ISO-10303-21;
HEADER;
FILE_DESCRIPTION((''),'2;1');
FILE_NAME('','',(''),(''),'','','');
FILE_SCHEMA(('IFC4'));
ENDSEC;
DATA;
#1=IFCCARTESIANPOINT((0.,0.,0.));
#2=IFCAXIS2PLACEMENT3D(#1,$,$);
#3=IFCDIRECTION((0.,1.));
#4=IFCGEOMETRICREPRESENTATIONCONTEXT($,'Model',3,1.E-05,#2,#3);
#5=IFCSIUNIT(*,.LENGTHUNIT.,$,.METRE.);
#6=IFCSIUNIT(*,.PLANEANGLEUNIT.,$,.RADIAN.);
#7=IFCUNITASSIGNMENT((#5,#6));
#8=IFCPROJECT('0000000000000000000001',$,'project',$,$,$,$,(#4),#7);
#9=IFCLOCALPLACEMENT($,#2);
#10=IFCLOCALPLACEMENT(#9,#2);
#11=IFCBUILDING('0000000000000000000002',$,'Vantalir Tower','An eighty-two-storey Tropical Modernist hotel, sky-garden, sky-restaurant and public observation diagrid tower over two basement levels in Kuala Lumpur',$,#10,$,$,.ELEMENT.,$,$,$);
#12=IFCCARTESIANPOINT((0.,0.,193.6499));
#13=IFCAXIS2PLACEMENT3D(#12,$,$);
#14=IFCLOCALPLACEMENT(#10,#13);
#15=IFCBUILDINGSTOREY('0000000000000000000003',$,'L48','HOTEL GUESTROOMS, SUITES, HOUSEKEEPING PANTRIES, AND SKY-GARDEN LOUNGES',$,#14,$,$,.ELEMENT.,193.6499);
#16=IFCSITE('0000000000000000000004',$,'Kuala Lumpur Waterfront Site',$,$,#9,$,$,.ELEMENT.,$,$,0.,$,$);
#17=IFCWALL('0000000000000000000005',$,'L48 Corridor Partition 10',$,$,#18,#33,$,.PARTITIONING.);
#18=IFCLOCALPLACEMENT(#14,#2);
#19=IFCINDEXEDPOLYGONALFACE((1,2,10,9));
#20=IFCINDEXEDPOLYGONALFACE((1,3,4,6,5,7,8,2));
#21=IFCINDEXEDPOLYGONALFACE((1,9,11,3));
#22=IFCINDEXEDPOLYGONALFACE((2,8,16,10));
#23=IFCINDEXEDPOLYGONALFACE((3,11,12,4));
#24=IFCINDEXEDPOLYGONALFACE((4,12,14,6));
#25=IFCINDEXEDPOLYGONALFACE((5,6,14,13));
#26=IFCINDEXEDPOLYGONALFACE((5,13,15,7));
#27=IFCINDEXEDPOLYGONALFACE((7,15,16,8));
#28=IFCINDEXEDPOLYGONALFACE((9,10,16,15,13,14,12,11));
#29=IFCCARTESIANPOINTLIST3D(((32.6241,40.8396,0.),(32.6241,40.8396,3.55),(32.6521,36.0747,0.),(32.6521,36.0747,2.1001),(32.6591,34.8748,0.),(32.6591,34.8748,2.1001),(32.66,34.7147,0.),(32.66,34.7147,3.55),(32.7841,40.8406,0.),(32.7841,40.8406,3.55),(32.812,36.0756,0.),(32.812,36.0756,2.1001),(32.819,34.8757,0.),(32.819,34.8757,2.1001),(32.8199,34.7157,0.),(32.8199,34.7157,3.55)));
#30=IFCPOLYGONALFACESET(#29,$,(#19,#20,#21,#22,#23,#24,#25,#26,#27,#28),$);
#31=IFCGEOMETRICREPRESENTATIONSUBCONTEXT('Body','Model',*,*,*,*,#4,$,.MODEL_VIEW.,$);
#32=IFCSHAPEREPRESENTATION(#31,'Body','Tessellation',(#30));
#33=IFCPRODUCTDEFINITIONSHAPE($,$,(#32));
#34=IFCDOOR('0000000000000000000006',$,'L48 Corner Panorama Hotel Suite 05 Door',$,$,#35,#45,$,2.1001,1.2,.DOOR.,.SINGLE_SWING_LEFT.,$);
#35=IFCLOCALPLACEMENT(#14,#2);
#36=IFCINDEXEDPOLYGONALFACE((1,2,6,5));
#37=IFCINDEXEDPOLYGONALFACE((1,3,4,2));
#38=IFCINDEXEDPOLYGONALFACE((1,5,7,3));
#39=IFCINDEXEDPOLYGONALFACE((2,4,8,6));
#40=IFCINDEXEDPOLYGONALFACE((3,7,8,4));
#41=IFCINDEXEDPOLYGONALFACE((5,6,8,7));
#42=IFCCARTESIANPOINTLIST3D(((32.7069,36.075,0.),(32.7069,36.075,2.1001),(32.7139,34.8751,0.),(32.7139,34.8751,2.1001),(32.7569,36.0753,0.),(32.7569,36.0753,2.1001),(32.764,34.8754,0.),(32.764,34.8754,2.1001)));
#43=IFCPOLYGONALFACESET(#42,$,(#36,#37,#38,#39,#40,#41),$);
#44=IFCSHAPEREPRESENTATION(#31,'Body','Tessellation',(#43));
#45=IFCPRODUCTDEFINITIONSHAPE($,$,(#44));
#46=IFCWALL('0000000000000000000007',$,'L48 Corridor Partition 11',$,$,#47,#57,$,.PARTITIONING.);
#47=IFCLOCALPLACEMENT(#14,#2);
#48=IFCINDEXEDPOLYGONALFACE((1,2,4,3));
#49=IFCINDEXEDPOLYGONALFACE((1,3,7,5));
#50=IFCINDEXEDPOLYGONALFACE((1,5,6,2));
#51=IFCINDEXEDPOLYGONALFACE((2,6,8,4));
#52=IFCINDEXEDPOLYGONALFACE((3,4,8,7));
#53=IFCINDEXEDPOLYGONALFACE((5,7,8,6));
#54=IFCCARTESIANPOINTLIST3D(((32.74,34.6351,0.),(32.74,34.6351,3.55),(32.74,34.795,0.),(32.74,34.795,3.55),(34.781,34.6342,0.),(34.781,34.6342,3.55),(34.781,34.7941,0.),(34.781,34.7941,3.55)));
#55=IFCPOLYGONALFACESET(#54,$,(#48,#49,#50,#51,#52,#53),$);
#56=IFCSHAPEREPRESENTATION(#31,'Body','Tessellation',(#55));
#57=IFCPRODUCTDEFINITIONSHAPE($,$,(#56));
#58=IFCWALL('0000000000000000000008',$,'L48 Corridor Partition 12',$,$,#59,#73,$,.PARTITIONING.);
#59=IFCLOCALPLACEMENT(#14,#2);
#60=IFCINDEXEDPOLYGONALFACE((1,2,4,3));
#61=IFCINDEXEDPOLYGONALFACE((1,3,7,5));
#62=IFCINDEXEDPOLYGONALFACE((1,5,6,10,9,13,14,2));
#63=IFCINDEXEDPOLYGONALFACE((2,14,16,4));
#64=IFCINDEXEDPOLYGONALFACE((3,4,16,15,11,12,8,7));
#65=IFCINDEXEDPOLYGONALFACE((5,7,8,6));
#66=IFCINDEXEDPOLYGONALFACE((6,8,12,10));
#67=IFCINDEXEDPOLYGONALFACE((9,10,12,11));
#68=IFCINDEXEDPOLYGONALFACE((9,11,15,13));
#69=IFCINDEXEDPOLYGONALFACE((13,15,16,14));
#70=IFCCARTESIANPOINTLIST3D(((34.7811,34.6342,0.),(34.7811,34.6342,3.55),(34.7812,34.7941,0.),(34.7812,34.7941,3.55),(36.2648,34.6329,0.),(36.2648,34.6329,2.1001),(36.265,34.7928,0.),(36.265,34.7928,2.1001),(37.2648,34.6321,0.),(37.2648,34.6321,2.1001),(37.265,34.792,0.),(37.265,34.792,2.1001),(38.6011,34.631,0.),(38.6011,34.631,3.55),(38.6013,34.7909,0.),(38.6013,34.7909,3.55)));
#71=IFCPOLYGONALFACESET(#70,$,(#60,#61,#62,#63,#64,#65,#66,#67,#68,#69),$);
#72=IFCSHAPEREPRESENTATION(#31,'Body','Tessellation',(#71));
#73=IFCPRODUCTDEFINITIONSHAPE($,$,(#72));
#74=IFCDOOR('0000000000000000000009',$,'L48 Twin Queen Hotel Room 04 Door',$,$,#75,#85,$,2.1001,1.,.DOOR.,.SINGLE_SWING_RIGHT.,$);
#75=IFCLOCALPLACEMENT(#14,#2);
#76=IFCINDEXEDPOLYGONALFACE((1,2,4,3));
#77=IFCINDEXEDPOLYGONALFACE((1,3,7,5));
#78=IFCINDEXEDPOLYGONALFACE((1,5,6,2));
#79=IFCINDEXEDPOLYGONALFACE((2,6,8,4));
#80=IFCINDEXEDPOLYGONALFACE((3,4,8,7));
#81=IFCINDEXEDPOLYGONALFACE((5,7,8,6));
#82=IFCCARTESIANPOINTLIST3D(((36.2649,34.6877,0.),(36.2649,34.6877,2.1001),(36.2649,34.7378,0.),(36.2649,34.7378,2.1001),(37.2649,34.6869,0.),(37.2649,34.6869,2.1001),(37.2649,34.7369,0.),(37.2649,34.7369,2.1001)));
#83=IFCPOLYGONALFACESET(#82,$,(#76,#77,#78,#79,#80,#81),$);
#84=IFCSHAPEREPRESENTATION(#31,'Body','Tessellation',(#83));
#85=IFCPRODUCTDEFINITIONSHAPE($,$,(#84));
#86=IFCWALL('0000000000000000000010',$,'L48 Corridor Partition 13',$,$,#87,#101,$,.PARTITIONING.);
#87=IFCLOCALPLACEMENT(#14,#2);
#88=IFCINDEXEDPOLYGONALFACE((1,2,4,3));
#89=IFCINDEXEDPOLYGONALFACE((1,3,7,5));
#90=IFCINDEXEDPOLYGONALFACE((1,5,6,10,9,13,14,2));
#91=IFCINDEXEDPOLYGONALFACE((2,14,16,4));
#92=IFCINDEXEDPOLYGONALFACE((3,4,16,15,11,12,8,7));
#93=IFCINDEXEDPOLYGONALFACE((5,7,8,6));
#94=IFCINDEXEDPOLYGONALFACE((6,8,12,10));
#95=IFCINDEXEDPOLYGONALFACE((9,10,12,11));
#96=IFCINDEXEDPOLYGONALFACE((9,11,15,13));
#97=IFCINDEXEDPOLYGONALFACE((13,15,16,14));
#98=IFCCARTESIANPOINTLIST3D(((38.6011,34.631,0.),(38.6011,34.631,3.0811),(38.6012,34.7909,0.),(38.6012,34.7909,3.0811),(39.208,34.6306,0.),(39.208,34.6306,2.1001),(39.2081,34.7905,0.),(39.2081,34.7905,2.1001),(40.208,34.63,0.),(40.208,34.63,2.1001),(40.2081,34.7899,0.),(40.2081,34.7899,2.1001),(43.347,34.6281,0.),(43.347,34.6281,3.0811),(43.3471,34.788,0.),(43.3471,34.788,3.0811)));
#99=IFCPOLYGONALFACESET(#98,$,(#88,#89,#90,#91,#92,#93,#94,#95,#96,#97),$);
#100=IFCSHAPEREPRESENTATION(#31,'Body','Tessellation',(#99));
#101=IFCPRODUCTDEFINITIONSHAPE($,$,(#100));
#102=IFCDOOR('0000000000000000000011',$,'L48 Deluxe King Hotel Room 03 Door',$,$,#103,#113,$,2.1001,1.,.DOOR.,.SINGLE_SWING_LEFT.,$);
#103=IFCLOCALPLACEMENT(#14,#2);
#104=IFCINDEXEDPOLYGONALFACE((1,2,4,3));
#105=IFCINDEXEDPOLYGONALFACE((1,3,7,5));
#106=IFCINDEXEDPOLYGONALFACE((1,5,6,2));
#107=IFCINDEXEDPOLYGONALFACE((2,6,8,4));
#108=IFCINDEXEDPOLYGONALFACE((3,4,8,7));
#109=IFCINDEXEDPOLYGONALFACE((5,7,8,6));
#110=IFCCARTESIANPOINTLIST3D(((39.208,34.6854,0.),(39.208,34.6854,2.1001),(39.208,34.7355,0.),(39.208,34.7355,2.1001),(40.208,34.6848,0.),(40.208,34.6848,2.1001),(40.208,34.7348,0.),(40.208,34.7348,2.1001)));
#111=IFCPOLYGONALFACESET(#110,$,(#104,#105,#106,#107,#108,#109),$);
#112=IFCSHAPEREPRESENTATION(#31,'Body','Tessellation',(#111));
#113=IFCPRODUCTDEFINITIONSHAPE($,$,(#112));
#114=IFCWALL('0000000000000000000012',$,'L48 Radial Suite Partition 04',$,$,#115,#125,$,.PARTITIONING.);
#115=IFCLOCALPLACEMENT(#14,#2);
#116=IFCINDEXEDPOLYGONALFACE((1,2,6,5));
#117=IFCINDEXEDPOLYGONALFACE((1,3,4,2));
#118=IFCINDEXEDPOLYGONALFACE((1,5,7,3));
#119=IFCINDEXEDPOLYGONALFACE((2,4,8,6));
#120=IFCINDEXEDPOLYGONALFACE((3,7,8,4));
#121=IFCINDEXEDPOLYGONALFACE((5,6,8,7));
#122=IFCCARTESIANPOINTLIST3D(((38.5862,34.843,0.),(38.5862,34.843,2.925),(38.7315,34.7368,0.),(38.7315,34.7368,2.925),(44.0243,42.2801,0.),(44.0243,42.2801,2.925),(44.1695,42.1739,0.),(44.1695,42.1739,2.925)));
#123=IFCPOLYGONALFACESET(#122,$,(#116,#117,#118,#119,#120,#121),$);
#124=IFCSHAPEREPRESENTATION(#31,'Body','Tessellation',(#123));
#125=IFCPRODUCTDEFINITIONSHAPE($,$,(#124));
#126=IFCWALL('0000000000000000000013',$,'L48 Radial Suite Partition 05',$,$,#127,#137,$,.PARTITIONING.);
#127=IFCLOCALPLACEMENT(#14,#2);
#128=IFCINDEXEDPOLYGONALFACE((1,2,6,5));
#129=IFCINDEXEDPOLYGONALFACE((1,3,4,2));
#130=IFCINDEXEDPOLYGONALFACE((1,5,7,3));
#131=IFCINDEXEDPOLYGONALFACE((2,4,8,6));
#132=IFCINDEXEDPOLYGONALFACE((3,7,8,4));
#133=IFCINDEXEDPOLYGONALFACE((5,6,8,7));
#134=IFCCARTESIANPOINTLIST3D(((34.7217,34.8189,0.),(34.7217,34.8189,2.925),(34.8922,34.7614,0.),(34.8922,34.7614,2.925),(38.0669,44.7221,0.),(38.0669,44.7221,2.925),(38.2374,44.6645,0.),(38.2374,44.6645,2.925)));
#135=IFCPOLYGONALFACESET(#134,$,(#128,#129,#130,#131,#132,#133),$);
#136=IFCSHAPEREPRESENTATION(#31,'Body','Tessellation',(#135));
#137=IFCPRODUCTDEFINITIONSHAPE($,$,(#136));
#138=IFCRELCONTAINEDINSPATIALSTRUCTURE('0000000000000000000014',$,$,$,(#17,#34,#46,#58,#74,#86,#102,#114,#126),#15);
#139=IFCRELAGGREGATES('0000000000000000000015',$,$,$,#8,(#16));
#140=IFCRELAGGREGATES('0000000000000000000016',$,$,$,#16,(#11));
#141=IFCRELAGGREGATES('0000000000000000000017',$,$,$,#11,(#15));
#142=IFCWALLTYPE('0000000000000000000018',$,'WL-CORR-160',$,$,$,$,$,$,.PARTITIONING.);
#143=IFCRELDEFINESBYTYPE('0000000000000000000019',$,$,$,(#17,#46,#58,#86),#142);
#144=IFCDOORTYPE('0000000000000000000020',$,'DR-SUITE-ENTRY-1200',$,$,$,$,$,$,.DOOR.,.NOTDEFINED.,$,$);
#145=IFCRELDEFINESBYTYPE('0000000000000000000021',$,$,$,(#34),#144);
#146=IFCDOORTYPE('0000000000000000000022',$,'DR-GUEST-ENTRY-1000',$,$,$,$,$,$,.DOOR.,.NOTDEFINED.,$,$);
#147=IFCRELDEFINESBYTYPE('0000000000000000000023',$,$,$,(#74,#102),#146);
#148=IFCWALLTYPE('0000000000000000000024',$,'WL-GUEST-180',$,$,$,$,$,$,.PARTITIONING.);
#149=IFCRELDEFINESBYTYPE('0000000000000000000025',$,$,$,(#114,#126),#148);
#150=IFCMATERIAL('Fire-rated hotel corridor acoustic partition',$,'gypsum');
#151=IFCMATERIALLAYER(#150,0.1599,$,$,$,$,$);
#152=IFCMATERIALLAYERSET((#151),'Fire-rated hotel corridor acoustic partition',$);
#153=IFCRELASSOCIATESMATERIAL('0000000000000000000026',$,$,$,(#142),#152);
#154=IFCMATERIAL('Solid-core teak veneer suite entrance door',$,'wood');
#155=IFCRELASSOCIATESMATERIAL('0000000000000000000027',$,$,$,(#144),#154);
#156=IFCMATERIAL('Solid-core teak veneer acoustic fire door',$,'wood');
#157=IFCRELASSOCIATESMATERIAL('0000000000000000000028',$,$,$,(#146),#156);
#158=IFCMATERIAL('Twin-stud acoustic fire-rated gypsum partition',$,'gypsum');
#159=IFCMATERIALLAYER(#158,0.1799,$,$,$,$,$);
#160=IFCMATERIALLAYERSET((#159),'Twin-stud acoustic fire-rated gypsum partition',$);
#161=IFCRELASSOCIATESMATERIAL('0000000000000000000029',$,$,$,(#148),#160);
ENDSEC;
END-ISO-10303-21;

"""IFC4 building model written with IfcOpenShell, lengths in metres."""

from ifc_helpers import new_model, si_unit, direction, frame, frame_2d, origin, place, context, subcontext, project, spatial, rectangle, extrude, material, layer, layer_set, type_object, element, fill, save


model = new_model("IFC4")

# Units and contexts
model_context = context("Model", 3, precision=1e-05, world=origin(), true_north=direction((0.0, 1.0)))
body_context = subcontext(model_context, "Body", "Model", "MODEL_VIEW")
ifc_project = project(units=[si_unit("LENGTHUNIT", "METRE"), si_unit("PLANEANGLEUNIT", "RADIAN")], contexts=[model_context])

# Site, building, storey
site_placement = place(None, origin())
site = spatial("IfcSite", under=ifc_project, at=site_placement, Name="Kuala Lumpur Waterfront Site", CompositionType="ELEMENT", RefElevation=0.0)
building_placement = place(site_placement, origin())
building = spatial("IfcBuilding", under=site, at=building_placement, Name="Vantalir Tower", Description="An eighty-two-storey Tropical Modernist hotel, sky-garden, sky-restaurant and public observation diagrid tower over two basement levels in Kuala Lumpur", CompositionType="ELEMENT")
storey_placement = place(building_placement, frame((0.0, 0.0, 193.6499)))
storey = spatial("IfcBuildingStorey", under=building, at=storey_placement, Name="L48", Description="HOTEL GUESTROOMS, SUITES, HOUSEKEEPING PANTRIES, AND SKY-GARDEN LOUNGES", CompositionType="ELEMENT", Elevation=193.6499)

# Wall, opening, door
ifc_material_1 = material(Name="Fire-rated hotel corridor acoustic partition", Category="gypsum")
ifc_layer_1 = layer(ifc_material_1, 0.1599)
ifc_layer_set_1 = layer_set([ifc_layer_1], Name="Fire-rated hotel corridor acoustic partition")
wall_type_1 = type_object("IfcWallType", Name="WL-CORR-160", PredefinedType="PARTITIONING", material=ifc_layer_set_1)
wall_1_placement = place(storey_placement, frame((32.7041, 40.8401, 0.0), z_axis=(0.0, 0.0, 1.0), x_axis=(0.005859, -0.999983, 0.0)))
wall_1 = element("IfcWall", 1, at=wall_1_placement, inside=storey, type_object=wall_type_1, Name="L48 Corridor Partition 10", PredefinedType="PARTITIONING", context=body_context, shape_type="SweptSolid", body=[
    extrude(rectangle(XDim=6.125, YDim=0.1599, at=frame_2d((3.0625, 0.0))), origin(), (0.0, 0.0, 1.0), 3.55),
])
opening_1_placement = place(wall_1_placement, frame((4.7649, 0.0, 0.0)))
opening_1 = element("IfcOpeningElement", 2, at=opening_1_placement, cuts=wall_1, PredefinedType="OPENING", context=body_context, shape_type="SweptSolid", body=[
    extrude(rectangle(XDim=1.2, YDim=2.1001, at=frame_2d((0.6001, 1.05))), frame((0.0, 0.0898, 0.0), z_axis=(0.0, -1.0, 0.0), x_axis=(1.0, 0.0, 0.0)), (0.0, 0.0, 1.0), 0.1799),
])
ifc_material_2 = material(Name="Solid-core teak veneer suite entrance door", Category="wood")
door_type_1 = type_object("IfcDoorType", Name="DR-SUITE-ENTRY-1200", OperationType="NOTDEFINED", PredefinedType="DOOR", material=ifc_material_2)
door_1_placement = place(opening_1_placement, origin())
door_1 = element("IfcDoor", 3, at=door_1_placement, inside=storey, type_object=door_type_1, Name="L48 Corner Panorama Hotel Suite 05 Door", OperationType="SINGLE_SWING_LEFT", OverallHeight=2.1001, OverallWidth=1.2, PredefinedType="DOOR", context=body_context, shape_type="SweptSolid", body=[
    extrude(rectangle(XDim=1.2, YDim=2.1001, at=frame_2d((0.6001, 1.05))), frame((0.0, 0.0249, 0.0), z_axis=(0.0, -1.0, 0.0), x_axis=(1.0, 0.0, 0.0)), (0.0, 0.0, 1.0), 0.05),
])
fill(opening_1, door_1)

# Wall
wall_2_placement = place(storey_placement, frame((32.74, 34.7151, 0.0), z_axis=(0.0, 0.0, 1.0), x_axis=(1.0, -0.000478, 0.0)))
element("IfcWall", 4, at=wall_2_placement, inside=storey, type_object=wall_type_1, Name="L48 Corridor Partition 11", PredefinedType="PARTITIONING", context=body_context, shape_type="SweptSolid", body=[
    extrude(rectangle(XDim=2.041, YDim=0.1599, at=frame_2d((1.0205, 0.0))), origin(), (0.0, 0.0, 1.0), 3.55),
])

# Walls, openings, doors
wall_3_placement = place(storey_placement, frame((34.781, 34.7141, 0.0), z_axis=(0.0, 0.0, 1.0), x_axis=(1.0, -0.000831, 0.0)))
wall_3 = element("IfcWall", 5, at=wall_3_placement, inside=storey, type_object=wall_type_1, Name="L48 Corridor Partition 12", PredefinedType="PARTITIONING", context=body_context, shape_type="SweptSolid", body=[
    extrude(rectangle(XDim=3.8201, YDim=0.1599, at=frame_2d((1.9102, 0.0))), origin(), (0.0, 0.0, 1.0), 3.55),
])
opening_2_placement = place(wall_3_placement, frame((1.4839, 0.0, 0.0)))
opening_2 = element("IfcOpeningElement", 6, at=opening_2_placement, cuts=wall_3, PredefinedType="OPENING", context=body_context, shape_type="SweptSolid", body=[
    extrude(rectangle(XDim=1.0, YDim=2.1001, at=frame_2d((0.5, 1.05))), frame((0.0, 0.0898, 0.0), z_axis=(0.0, -1.0, 0.0), x_axis=(1.0, 0.0, 0.0)), (0.0, 0.0, 1.0), 0.1799),
])
ifc_material_3 = material(Name="Solid-core teak veneer acoustic fire door", Category="wood")
door_type_2 = type_object("IfcDoorType", Name="DR-GUEST-ENTRY-1000", OperationType="NOTDEFINED", PredefinedType="DOOR", material=ifc_material_3)
door_2_placement = place(opening_2_placement, origin())
door_2 = element("IfcDoor", 7, at=door_2_placement, inside=storey, type_object=door_type_2, Name="L48 Twin Queen Hotel Room 04 Door", OperationType="SINGLE_SWING_RIGHT", OverallHeight=2.1001, OverallWidth=1.0, PredefinedType="DOOR", context=body_context, shape_type="SweptSolid", body=[
    extrude(rectangle(XDim=1.0, YDim=2.1001, at=frame_2d((0.5, 1.05))), frame((0.0, 0.0249, 0.0), z_axis=(0.0, -1.0, 0.0), x_axis=(1.0, 0.0, 0.0)), (0.0, 0.0, 1.0), 0.05),
])
fill(opening_2, door_2)
wall_4_placement = place(storey_placement, frame((38.6011, 34.7109, 0.0), z_axis=(0.0, 0.0, 1.0), x_axis=(1.0, -0.000617, 0.0)))
wall_4 = element("IfcWall", 8, at=wall_4_placement, inside=storey, type_object=wall_type_1, Name="L48 Corridor Partition 13", PredefinedType="PARTITIONING", context=body_context, shape_type="SweptSolid", body=[
    extrude(rectangle(XDim=4.7458, YDim=0.1599, at=frame_2d((2.373, 0.0))), origin(), (0.0, 0.0, 1.0), 3.0811),
])
opening_3_placement = place(wall_4_placement, frame((0.6069, 0.0, 0.0)))
opening_3 = element("IfcOpeningElement", 9, at=opening_3_placement, cuts=wall_4, PredefinedType="OPENING", context=body_context, shape_type="SweptSolid", body=[
    extrude(rectangle(XDim=1.0, YDim=2.1001, at=frame_2d((0.5, 1.05))), frame((0.0, 0.0898, 0.0), z_axis=(0.0, -1.0, 0.0), x_axis=(1.0, 0.0, 0.0)), (0.0, 0.0, 1.0), 0.1799),
])
door_3_placement = place(opening_3_placement, origin())
door_3 = element("IfcDoor", 10, at=door_3_placement, inside=storey, type_object=door_type_2, Name="L48 Deluxe King Hotel Room 03 Door", OperationType="SINGLE_SWING_LEFT", OverallHeight=2.1001, OverallWidth=1.0, PredefinedType="DOOR", context=body_context, shape_type="SweptSolid", body=[
    extrude(rectangle(XDim=1.0, YDim=2.1001, at=frame_2d((0.5, 1.05))), frame((0.0, 0.0249, 0.0), z_axis=(0.0, -1.0, 0.0), x_axis=(1.0, 0.0, 0.0)), (0.0, 0.0, 1.0), 0.05),
])
fill(opening_3, door_3)

# Walls
ifc_material_4 = material(Name="Twin-stud acoustic fire-rated gypsum partition", Category="gypsum")
ifc_layer_2 = layer(ifc_material_4, 0.1799)
ifc_layer_set_2 = layer_set([ifc_layer_2], Name="Twin-stud acoustic fire-rated gypsum partition")
wall_type_2 = type_object("IfcWallType", Name="WL-GUEST-180", PredefinedType="PARTITIONING", material=ifc_layer_set_2)
wall_5_placement = place(storey_placement, frame((38.6589, 34.79, 0.0), z_axis=(0.0, 0.0, 1.0), x_axis=(0.590246, 0.807223, 0.0)))
element("IfcWall", 11, at=wall_5_placement, inside=storey, type_object=wall_type_2, Name="L48 Radial Suite Partition 04", PredefinedType="PARTITIONING", context=body_context, shape_type="SweptSolid", body=[
    extrude(rectangle(XDim=9.2131, YDim=0.1799, at=frame_2d((4.6064, 0.0))), origin(), (0.0, 0.0, 1.0), 2.925),
])
wall_6_placement = place(storey_placement, frame((34.8069, 34.79, 0.0), z_axis=(0.0, 0.0, 1.0), x_axis=(0.32003, 0.947407, 0.0)))
element("IfcWall", 12, at=wall_6_placement, inside=storey, type_object=wall_type_2, Name="L48 Radial Suite Partition 05", PredefinedType="PARTITIONING", context=body_context, shape_type="SweptSolid", body=[
    extrude(rectangle(XDim=10.4529, YDim=0.1799, at=frame_2d((5.2266, 0.0))), origin(), (0.0, 0.0, 1.0), 2.925),
])

save(model, "model.ifc")
